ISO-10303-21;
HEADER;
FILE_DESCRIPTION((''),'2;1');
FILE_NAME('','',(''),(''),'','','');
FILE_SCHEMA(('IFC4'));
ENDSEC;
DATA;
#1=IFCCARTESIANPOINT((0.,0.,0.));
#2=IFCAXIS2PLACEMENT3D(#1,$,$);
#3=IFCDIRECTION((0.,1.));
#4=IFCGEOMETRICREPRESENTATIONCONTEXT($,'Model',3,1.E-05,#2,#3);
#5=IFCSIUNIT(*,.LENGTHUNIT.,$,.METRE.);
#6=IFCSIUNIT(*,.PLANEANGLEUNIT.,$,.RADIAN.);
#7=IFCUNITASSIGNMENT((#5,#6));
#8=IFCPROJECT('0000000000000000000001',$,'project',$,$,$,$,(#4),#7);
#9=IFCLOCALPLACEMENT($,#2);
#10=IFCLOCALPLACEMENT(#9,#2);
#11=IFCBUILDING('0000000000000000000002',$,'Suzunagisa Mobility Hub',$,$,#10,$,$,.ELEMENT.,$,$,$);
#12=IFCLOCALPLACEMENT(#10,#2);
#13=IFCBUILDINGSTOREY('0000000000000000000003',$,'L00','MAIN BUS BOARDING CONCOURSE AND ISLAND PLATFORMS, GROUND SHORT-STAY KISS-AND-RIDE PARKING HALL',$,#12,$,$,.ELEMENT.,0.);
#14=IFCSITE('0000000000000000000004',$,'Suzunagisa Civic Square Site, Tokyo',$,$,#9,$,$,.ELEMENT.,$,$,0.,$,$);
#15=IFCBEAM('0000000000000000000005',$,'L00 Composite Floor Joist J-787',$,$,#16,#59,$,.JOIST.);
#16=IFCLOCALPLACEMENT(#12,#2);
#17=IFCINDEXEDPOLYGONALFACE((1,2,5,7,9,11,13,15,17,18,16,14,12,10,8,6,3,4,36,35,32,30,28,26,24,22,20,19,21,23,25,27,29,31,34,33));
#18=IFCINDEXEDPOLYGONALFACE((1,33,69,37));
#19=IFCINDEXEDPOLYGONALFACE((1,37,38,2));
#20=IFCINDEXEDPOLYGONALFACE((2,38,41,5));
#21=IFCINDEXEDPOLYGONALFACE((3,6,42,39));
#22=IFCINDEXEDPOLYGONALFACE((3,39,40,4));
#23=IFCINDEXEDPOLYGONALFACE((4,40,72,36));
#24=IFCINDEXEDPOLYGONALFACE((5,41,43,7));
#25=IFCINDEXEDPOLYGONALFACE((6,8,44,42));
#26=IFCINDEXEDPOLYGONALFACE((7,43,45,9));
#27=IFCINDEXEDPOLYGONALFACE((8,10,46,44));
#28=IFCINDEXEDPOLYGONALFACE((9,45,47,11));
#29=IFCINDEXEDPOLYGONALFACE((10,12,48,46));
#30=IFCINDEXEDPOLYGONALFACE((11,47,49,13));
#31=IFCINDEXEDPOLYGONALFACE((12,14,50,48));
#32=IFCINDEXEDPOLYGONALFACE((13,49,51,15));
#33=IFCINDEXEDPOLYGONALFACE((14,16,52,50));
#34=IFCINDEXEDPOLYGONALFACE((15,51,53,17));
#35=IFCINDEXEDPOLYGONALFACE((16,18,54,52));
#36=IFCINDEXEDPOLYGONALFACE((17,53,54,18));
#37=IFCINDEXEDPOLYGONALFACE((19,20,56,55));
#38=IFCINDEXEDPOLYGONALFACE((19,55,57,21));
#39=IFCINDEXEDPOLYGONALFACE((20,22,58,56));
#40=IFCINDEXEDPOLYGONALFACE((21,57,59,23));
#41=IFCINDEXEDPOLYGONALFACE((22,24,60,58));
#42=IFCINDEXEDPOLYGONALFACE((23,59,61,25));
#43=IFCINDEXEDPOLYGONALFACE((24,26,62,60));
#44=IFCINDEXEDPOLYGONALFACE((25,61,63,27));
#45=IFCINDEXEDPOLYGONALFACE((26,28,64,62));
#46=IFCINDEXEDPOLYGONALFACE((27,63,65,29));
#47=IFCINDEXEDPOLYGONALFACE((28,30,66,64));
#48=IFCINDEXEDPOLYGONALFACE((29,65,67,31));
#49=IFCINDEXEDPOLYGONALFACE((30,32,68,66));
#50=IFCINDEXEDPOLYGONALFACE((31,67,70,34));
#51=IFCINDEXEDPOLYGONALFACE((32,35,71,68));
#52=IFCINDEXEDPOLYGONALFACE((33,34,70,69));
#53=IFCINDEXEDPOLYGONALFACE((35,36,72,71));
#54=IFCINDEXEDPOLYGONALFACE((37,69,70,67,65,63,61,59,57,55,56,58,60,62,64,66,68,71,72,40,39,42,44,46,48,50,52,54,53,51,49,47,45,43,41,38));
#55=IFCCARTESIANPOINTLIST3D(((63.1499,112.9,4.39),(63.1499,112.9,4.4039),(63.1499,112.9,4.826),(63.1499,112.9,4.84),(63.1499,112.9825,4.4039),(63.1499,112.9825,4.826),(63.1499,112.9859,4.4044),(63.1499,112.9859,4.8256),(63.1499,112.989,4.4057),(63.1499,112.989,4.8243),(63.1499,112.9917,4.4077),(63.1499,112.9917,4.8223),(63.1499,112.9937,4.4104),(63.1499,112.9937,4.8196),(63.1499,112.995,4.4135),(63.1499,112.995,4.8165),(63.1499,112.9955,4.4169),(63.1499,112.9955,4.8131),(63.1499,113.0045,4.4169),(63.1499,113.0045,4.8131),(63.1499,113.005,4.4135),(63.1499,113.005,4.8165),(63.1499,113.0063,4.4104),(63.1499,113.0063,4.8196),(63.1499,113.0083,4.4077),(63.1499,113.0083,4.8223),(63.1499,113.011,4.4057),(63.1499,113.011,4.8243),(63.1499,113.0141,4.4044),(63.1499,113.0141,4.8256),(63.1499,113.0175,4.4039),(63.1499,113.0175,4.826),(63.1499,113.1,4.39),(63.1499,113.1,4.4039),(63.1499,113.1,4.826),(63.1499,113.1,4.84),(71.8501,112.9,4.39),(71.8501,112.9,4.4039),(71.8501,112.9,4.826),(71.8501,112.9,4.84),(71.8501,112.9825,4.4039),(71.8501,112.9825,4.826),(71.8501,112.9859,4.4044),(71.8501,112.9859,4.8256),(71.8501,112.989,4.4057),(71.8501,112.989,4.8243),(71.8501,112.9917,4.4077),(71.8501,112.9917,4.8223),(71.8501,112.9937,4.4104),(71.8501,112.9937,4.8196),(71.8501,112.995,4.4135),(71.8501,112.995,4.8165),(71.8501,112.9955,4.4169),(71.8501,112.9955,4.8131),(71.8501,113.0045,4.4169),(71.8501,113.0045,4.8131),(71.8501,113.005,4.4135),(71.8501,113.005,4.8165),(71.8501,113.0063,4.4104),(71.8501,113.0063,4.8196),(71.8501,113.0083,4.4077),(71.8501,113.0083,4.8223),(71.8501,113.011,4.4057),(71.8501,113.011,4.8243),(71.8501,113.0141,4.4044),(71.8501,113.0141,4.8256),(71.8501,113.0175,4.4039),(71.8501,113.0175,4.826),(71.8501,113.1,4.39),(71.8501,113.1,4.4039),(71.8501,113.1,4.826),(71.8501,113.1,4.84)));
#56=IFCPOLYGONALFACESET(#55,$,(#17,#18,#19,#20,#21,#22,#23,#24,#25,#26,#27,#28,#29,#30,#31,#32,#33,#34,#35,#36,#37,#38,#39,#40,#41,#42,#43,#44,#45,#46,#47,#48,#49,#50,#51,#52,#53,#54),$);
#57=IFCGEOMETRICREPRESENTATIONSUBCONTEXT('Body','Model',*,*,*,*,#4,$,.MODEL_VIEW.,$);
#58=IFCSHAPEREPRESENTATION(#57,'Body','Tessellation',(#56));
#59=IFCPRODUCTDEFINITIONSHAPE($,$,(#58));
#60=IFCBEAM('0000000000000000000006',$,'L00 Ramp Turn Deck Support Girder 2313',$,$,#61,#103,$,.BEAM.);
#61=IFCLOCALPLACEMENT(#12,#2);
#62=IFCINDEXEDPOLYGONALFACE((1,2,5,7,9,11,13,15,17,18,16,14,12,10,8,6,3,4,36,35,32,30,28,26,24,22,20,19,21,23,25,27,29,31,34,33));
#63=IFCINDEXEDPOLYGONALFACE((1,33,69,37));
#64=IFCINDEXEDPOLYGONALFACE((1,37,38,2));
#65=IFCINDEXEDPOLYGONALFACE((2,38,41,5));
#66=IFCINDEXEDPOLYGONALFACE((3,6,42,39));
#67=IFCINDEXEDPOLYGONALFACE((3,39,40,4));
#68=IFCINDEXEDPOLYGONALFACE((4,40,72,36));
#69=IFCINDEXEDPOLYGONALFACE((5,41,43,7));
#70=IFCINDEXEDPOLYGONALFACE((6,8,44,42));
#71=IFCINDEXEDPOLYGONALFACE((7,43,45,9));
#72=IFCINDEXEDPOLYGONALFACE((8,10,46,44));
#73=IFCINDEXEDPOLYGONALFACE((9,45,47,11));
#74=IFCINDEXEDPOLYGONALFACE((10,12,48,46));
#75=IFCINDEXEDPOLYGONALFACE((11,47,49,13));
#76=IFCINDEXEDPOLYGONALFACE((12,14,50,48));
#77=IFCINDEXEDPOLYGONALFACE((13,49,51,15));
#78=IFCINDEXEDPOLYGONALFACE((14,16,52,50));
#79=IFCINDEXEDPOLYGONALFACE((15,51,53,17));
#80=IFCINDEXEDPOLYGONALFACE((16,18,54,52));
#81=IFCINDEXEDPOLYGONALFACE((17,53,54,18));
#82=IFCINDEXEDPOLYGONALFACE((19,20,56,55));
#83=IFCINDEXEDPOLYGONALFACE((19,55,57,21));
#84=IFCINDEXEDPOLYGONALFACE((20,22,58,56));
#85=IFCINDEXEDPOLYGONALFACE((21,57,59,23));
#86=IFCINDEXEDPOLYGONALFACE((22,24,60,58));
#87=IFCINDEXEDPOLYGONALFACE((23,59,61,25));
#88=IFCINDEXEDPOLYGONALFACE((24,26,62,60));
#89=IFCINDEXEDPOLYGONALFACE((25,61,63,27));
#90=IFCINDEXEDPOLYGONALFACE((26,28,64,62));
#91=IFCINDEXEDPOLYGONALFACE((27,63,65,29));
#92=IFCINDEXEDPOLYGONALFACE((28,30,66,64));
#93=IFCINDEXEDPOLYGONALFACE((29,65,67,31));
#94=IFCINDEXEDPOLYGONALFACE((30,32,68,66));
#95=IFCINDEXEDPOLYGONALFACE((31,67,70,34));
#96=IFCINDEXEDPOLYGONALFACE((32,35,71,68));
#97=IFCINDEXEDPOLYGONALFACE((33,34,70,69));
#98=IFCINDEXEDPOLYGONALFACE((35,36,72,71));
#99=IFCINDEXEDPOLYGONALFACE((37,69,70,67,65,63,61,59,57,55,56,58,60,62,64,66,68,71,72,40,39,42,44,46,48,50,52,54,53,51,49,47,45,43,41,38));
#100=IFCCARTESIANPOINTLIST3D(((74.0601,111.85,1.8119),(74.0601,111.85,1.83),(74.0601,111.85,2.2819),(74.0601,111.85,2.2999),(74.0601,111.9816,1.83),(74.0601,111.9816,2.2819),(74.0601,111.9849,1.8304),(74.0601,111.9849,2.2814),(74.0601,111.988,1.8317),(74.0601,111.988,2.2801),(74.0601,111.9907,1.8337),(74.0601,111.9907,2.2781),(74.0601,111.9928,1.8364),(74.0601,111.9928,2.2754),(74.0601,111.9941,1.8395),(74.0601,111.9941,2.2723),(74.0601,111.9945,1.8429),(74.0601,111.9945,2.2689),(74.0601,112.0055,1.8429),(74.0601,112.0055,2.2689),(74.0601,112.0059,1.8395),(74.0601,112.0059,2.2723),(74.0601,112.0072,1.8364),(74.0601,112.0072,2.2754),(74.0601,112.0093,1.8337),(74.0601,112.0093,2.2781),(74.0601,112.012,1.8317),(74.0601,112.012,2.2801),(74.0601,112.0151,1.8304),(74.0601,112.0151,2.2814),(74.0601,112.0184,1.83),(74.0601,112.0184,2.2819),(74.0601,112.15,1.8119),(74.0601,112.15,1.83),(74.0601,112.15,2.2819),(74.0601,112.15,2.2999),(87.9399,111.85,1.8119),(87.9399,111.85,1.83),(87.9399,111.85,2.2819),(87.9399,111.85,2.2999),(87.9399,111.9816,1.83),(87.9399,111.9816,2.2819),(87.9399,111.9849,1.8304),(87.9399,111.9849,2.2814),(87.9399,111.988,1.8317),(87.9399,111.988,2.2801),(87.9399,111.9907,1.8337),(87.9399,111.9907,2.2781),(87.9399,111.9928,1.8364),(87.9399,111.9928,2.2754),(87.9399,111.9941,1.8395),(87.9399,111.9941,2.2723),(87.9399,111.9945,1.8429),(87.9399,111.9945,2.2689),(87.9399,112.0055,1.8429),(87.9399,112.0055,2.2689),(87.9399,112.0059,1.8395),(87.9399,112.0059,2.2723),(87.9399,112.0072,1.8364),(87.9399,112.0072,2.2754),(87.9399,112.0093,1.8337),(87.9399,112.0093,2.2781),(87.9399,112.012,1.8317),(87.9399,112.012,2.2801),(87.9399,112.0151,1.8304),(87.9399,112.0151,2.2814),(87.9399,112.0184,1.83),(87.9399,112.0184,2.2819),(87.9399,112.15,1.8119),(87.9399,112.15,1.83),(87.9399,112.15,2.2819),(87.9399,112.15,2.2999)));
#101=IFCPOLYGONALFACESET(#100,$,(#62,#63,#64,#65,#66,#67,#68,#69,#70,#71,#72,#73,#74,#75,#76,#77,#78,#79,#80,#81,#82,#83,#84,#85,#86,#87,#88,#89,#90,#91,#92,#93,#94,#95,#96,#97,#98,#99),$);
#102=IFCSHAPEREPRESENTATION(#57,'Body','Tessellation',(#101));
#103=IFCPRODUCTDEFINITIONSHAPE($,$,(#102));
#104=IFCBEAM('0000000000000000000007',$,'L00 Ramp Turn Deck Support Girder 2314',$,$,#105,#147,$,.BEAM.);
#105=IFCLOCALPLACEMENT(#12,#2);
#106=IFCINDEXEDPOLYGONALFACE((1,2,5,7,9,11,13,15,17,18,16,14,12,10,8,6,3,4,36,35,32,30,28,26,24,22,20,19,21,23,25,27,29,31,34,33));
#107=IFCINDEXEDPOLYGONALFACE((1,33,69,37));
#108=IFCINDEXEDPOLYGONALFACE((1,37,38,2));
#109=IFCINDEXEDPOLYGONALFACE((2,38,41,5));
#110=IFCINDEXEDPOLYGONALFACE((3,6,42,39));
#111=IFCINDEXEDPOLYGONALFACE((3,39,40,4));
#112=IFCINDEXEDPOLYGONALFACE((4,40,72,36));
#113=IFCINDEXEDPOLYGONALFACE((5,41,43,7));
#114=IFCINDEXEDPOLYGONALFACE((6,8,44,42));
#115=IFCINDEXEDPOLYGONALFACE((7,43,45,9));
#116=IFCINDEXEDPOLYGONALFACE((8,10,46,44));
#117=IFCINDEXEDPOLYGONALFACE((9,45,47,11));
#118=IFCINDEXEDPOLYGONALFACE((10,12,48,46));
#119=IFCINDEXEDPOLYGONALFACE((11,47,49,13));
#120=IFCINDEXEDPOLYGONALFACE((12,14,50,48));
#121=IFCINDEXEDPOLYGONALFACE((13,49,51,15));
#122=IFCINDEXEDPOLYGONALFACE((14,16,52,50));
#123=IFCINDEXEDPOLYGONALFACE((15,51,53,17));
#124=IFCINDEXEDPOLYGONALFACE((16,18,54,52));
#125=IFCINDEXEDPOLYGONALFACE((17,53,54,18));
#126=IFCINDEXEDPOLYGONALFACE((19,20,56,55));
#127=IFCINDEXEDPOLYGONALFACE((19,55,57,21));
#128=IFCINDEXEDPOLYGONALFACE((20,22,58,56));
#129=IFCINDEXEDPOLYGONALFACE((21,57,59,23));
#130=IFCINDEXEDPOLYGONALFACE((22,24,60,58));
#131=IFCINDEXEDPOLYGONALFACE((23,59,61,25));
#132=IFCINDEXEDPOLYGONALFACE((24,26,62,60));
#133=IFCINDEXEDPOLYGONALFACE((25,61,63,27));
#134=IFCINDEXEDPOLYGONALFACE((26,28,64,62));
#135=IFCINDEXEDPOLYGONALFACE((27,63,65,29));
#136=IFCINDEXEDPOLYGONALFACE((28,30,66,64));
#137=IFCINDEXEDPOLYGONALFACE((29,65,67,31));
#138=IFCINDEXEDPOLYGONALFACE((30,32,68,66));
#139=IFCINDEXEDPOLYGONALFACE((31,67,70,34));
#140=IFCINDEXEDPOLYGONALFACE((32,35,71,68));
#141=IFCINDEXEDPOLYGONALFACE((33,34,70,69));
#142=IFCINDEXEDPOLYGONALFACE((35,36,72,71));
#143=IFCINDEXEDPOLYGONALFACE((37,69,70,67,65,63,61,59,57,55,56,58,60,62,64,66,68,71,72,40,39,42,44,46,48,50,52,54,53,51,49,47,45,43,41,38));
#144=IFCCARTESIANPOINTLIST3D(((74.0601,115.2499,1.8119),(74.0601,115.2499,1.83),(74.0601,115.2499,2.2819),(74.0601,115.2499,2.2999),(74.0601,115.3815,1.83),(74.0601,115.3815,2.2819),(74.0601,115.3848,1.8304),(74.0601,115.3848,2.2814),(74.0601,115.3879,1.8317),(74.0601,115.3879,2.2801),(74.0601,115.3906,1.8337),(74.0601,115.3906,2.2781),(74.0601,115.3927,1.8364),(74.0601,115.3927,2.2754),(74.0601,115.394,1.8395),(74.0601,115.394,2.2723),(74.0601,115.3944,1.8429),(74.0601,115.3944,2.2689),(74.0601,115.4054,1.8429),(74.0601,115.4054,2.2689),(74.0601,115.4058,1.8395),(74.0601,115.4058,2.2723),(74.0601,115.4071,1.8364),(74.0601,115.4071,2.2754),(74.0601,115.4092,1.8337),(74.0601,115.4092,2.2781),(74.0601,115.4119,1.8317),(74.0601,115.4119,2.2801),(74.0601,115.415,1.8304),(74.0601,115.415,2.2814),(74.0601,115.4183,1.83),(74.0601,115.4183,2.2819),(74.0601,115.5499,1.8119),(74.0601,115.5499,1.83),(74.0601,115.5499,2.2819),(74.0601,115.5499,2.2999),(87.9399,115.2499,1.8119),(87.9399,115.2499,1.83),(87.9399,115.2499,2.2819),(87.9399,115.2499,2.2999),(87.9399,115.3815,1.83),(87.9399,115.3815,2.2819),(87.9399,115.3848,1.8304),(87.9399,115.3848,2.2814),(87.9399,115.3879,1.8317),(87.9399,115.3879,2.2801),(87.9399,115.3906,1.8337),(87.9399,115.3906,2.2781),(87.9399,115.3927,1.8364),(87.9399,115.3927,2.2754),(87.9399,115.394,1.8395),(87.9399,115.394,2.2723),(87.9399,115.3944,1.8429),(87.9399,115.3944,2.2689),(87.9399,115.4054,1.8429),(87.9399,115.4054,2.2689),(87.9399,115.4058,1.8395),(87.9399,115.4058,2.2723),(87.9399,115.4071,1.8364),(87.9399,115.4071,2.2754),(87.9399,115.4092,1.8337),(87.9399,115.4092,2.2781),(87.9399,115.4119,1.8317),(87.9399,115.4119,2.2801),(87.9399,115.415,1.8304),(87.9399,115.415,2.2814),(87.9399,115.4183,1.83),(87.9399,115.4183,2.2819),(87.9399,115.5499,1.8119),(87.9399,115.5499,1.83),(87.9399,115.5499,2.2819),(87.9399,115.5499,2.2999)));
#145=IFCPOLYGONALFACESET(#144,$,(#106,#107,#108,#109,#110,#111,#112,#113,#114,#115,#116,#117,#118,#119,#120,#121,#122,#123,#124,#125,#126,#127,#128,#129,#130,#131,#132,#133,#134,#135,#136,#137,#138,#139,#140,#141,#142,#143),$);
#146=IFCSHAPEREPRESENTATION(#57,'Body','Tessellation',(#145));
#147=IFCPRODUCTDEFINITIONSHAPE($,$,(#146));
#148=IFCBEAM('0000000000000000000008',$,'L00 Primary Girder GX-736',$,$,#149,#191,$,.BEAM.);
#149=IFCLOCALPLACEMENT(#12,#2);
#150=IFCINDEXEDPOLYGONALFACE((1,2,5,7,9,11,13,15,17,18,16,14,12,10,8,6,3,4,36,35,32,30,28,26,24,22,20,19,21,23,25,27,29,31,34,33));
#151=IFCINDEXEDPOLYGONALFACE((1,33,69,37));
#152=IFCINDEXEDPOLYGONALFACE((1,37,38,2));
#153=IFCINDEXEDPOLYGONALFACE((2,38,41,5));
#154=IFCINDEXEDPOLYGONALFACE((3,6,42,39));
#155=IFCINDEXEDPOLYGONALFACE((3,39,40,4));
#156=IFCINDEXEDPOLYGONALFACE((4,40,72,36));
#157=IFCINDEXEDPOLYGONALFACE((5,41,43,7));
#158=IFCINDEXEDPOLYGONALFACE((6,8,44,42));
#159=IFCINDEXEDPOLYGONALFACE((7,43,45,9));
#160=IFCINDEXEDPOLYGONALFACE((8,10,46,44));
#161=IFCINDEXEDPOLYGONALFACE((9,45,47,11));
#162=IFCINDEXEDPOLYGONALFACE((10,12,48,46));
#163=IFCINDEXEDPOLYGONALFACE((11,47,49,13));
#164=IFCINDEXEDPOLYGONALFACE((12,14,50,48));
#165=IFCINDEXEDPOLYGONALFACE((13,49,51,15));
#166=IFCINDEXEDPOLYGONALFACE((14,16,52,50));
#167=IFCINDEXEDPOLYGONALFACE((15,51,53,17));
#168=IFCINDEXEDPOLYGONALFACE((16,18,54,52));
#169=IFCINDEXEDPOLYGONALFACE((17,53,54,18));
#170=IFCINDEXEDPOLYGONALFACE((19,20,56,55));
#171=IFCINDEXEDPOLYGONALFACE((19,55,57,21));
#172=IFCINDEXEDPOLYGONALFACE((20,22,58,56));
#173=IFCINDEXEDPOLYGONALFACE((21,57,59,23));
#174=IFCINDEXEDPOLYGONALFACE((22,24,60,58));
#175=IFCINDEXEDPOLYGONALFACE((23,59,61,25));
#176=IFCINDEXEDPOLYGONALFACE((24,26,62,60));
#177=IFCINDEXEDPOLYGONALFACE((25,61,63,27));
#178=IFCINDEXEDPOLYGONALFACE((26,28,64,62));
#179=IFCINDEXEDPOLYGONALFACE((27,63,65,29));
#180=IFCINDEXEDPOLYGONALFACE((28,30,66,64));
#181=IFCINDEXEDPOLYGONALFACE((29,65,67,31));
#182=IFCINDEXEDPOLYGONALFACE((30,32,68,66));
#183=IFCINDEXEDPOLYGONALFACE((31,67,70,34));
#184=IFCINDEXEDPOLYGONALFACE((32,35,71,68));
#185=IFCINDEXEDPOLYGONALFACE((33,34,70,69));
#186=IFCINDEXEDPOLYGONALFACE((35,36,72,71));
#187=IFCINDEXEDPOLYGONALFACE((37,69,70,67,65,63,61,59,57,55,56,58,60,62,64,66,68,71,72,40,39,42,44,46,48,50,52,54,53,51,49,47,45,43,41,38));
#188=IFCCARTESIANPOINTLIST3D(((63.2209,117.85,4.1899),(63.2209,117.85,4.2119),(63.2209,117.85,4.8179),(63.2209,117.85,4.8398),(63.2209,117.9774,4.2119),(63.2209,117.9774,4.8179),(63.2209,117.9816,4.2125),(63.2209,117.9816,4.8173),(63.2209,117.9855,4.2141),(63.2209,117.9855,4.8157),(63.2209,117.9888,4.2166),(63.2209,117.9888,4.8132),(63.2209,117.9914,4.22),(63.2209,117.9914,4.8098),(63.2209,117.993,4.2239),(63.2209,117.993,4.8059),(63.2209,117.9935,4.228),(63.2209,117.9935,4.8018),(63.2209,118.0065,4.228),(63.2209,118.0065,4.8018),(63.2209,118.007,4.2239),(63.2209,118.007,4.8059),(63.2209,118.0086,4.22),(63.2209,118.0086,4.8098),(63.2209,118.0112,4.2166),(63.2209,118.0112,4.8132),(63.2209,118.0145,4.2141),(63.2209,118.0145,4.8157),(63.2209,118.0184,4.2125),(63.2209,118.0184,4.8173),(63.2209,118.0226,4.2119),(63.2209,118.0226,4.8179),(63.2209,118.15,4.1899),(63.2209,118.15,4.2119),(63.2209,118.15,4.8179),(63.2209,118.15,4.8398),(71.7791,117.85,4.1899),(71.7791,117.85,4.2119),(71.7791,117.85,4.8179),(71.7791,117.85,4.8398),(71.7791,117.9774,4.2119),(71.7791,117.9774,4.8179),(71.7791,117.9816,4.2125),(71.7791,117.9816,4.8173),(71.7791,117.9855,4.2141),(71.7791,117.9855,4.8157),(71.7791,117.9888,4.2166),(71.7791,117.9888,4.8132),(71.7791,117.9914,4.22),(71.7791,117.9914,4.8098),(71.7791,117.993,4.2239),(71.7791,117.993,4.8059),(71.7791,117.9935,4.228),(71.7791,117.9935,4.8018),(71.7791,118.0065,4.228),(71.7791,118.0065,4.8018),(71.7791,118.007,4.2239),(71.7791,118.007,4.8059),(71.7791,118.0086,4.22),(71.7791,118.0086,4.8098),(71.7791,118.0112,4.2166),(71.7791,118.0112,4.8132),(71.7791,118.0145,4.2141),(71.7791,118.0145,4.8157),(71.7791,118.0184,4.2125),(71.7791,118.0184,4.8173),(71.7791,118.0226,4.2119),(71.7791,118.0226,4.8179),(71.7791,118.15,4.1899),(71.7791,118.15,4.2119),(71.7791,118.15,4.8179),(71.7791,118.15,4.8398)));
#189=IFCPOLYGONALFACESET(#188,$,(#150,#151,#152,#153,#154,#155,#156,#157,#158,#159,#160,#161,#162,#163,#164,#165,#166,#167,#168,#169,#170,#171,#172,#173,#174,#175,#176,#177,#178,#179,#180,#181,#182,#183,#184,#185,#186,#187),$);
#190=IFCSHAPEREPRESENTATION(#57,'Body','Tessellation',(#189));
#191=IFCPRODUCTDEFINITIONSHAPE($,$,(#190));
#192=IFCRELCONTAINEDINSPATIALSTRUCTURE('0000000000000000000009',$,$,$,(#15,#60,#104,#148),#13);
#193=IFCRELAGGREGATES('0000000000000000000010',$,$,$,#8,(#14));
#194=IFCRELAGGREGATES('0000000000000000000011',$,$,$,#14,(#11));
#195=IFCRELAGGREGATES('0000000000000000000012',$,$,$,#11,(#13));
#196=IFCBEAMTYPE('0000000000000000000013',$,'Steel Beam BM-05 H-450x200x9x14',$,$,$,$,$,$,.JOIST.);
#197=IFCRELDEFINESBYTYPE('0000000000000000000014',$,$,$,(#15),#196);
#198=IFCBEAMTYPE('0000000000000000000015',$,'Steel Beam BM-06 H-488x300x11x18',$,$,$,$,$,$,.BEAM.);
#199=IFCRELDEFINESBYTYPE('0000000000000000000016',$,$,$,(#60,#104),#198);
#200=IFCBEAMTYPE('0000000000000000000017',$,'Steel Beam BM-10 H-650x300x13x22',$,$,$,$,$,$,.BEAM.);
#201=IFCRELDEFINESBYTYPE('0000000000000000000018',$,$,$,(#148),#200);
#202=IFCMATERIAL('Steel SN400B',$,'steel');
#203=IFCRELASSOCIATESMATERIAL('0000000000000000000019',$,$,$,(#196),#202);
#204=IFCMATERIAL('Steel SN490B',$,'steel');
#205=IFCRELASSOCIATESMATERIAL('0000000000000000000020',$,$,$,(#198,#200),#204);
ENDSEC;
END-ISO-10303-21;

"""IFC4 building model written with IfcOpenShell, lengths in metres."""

from ifc_helpers import new_model, si_unit, direction, frame, origin, origin_2d, place, context, subcontext, project, spatial, i_section, extrude, material, material_profile, profile_set, type_object, element, save


model = new_model("IFC4")

# Units and contexts
model_context = context("Model", 3, precision=1e-05, world=origin(), true_north=direction((0.0, 1.0)))
body_context = subcontext(model_context, "Body", "Model", "MODEL_VIEW")
ifc_project = project(units=[si_unit("LENGTHUNIT", "METRE"), si_unit("PLANEANGLEUNIT", "RADIAN")], contexts=[model_context])

# Site, building, storey
site_placement = place(None, origin())
site = spatial("IfcSite", under=ifc_project, at=site_placement, Name="Suzunagisa Civic Square Site, Tokyo", CompositionType="ELEMENT", RefElevation=0.0)
building_placement = place(site_placement, origin())
building = spatial("IfcBuilding", under=site, at=building_placement, Name="Suzunagisa Mobility Hub", CompositionType="ELEMENT")
storey_placement = place(building_placement, origin())
storey = spatial("IfcBuildingStorey", under=building, at=storey_placement, Name="L00", Description="MAIN BUS BOARDING CONCOURSE AND ISLAND PLATFORMS, GROUND SHORT-STAY KISS-AND-RIDE PARKING HALL", CompositionType="ELEMENT", Elevation=0.0)

# Shared definitions
ifc_material_1 = material(Name="Steel SN490B", Category="steel")

# Beams
ifc_material_2 = material(Name="Steel SN400B", Category="steel")
ifc_material_profile_1 = material_profile(ifc_material_2, i_section(OverallWidth=0.2, OverallDepth=0.45, WebThickness=0.009, FlangeThickness=0.0139, FilletRadius=0.0129, at=origin_2d()), Name="H-450x200x9x14")
ifc_profile_set_1 = profile_set([ifc_material_profile_1], Name="Steel SN400B")
beam_type_1 = type_object("IfcBeamType", Name="Steel Beam BM-05 H-450x200x9x14", PredefinedType="JOIST", material=ifc_profile_set_1)
beam_1_placement = place(storey_placement, frame((63.1499, 113.0, 4.615), z_axis=(1.0, 0.0, 0.0), x_axis=(0.0, 1.0, 0.0)))
element("IfcBeam", 1, at=beam_1_placement, inside=storey, type_object=beam_type_1, Name="L00 Composite Floor Joist J-787", PredefinedType="JOIST", context=body_context, shape_type="SweptSolid", body=[
    extrude(i_section(OverallWidth=0.2, OverallDepth=0.45, WebThickness=0.009, FlangeThickness=0.0139, FilletRadius=0.0129, at=origin_2d()), origin(), (0.0, 0.0, 1.0), 8.7002),
])
ifc_material_profile_2 = material_profile(ifc_material_1, i_section(OverallWidth=0.3, OverallDepth=0.488, WebThickness=0.011, FlangeThickness=0.0181, FilletRadius=0.0129, at=origin_2d()), Name="H-488x300x11x18")
ifc_profile_set_2 = profile_set([ifc_material_profile_2], Name="Steel SN490B")
beam_type_2 = type_object("IfcBeamType", Name="Steel Beam BM-06 H-488x300x11x18", PredefinedType="BEAM", material=ifc_profile_set_2)
for number, where, z_axis, x_axis, name in (
    (2, (74.0601, 112.0, 2.0559), (1.0, 0.0, 0.0), (0.0, 1.0, 0.0), "L00 Ramp Turn Deck Support Girder 2313"),
    (3, (74.0601, 115.3999, 2.0559), (1.0, 0.0, 0.0), (0.0, 1.0, 0.0), "L00 Ramp Turn Deck Support Girder 2314"),
):
    element("IfcBeam", number, at=place(storey_placement, frame(where, z_axis=z_axis, x_axis=x_axis)), inside=storey, type_object=beam_type_2, Name=name, PredefinedType="BEAM", context=body_context, shape_type="SweptSolid", body=[
        extrude(i_section(OverallWidth=0.3, OverallDepth=0.488, WebThickness=0.011, FlangeThickness=0.0181, FilletRadius=0.0129, at=origin_2d()), origin(), (0.0, 0.0, 1.0), 13.8799),
    ])
ifc_material_profile_3 = material_profile(ifc_material_1, i_section(OverallWidth=0.3, OverallDepth=0.6499, WebThickness=0.0129, FlangeThickness=0.022, FilletRadius=0.0161, at=origin_2d()), Name="H-650x300x13x22")
ifc_profile_set_3 = profile_set([ifc_material_profile_3], Name="Steel SN490B")
beam_type_3 = type_object("IfcBeamType", Name="Steel Beam BM-10 H-650x300x13x22", PredefinedType="BEAM", material=ifc_profile_set_3)
for number, where, z_axis, x_axis, name in (
    (4, (63.2209, 118.0, 4.5149), (1.0, 0.0, 0.0), (0.0, 1.0, 0.0), "L00 Primary Girder GX-736"),
):
    element("IfcBeam", number, at=place(storey_placement, frame(where, z_axis=z_axis, x_axis=x_axis)), inside=storey, type_object=beam_type_3, Name=name, PredefinedType="BEAM", context=body_context, shape_type="SweptSolid", body=[
        extrude(i_section(OverallWidth=0.3, OverallDepth=0.6499, WebThickness=0.0129, FlangeThickness=0.022, FilletRadius=0.0161, at=origin_2d()), origin(), (0.0, 0.0, 1.0), 8.5581),
    ])

save(model, "model.ifc")
